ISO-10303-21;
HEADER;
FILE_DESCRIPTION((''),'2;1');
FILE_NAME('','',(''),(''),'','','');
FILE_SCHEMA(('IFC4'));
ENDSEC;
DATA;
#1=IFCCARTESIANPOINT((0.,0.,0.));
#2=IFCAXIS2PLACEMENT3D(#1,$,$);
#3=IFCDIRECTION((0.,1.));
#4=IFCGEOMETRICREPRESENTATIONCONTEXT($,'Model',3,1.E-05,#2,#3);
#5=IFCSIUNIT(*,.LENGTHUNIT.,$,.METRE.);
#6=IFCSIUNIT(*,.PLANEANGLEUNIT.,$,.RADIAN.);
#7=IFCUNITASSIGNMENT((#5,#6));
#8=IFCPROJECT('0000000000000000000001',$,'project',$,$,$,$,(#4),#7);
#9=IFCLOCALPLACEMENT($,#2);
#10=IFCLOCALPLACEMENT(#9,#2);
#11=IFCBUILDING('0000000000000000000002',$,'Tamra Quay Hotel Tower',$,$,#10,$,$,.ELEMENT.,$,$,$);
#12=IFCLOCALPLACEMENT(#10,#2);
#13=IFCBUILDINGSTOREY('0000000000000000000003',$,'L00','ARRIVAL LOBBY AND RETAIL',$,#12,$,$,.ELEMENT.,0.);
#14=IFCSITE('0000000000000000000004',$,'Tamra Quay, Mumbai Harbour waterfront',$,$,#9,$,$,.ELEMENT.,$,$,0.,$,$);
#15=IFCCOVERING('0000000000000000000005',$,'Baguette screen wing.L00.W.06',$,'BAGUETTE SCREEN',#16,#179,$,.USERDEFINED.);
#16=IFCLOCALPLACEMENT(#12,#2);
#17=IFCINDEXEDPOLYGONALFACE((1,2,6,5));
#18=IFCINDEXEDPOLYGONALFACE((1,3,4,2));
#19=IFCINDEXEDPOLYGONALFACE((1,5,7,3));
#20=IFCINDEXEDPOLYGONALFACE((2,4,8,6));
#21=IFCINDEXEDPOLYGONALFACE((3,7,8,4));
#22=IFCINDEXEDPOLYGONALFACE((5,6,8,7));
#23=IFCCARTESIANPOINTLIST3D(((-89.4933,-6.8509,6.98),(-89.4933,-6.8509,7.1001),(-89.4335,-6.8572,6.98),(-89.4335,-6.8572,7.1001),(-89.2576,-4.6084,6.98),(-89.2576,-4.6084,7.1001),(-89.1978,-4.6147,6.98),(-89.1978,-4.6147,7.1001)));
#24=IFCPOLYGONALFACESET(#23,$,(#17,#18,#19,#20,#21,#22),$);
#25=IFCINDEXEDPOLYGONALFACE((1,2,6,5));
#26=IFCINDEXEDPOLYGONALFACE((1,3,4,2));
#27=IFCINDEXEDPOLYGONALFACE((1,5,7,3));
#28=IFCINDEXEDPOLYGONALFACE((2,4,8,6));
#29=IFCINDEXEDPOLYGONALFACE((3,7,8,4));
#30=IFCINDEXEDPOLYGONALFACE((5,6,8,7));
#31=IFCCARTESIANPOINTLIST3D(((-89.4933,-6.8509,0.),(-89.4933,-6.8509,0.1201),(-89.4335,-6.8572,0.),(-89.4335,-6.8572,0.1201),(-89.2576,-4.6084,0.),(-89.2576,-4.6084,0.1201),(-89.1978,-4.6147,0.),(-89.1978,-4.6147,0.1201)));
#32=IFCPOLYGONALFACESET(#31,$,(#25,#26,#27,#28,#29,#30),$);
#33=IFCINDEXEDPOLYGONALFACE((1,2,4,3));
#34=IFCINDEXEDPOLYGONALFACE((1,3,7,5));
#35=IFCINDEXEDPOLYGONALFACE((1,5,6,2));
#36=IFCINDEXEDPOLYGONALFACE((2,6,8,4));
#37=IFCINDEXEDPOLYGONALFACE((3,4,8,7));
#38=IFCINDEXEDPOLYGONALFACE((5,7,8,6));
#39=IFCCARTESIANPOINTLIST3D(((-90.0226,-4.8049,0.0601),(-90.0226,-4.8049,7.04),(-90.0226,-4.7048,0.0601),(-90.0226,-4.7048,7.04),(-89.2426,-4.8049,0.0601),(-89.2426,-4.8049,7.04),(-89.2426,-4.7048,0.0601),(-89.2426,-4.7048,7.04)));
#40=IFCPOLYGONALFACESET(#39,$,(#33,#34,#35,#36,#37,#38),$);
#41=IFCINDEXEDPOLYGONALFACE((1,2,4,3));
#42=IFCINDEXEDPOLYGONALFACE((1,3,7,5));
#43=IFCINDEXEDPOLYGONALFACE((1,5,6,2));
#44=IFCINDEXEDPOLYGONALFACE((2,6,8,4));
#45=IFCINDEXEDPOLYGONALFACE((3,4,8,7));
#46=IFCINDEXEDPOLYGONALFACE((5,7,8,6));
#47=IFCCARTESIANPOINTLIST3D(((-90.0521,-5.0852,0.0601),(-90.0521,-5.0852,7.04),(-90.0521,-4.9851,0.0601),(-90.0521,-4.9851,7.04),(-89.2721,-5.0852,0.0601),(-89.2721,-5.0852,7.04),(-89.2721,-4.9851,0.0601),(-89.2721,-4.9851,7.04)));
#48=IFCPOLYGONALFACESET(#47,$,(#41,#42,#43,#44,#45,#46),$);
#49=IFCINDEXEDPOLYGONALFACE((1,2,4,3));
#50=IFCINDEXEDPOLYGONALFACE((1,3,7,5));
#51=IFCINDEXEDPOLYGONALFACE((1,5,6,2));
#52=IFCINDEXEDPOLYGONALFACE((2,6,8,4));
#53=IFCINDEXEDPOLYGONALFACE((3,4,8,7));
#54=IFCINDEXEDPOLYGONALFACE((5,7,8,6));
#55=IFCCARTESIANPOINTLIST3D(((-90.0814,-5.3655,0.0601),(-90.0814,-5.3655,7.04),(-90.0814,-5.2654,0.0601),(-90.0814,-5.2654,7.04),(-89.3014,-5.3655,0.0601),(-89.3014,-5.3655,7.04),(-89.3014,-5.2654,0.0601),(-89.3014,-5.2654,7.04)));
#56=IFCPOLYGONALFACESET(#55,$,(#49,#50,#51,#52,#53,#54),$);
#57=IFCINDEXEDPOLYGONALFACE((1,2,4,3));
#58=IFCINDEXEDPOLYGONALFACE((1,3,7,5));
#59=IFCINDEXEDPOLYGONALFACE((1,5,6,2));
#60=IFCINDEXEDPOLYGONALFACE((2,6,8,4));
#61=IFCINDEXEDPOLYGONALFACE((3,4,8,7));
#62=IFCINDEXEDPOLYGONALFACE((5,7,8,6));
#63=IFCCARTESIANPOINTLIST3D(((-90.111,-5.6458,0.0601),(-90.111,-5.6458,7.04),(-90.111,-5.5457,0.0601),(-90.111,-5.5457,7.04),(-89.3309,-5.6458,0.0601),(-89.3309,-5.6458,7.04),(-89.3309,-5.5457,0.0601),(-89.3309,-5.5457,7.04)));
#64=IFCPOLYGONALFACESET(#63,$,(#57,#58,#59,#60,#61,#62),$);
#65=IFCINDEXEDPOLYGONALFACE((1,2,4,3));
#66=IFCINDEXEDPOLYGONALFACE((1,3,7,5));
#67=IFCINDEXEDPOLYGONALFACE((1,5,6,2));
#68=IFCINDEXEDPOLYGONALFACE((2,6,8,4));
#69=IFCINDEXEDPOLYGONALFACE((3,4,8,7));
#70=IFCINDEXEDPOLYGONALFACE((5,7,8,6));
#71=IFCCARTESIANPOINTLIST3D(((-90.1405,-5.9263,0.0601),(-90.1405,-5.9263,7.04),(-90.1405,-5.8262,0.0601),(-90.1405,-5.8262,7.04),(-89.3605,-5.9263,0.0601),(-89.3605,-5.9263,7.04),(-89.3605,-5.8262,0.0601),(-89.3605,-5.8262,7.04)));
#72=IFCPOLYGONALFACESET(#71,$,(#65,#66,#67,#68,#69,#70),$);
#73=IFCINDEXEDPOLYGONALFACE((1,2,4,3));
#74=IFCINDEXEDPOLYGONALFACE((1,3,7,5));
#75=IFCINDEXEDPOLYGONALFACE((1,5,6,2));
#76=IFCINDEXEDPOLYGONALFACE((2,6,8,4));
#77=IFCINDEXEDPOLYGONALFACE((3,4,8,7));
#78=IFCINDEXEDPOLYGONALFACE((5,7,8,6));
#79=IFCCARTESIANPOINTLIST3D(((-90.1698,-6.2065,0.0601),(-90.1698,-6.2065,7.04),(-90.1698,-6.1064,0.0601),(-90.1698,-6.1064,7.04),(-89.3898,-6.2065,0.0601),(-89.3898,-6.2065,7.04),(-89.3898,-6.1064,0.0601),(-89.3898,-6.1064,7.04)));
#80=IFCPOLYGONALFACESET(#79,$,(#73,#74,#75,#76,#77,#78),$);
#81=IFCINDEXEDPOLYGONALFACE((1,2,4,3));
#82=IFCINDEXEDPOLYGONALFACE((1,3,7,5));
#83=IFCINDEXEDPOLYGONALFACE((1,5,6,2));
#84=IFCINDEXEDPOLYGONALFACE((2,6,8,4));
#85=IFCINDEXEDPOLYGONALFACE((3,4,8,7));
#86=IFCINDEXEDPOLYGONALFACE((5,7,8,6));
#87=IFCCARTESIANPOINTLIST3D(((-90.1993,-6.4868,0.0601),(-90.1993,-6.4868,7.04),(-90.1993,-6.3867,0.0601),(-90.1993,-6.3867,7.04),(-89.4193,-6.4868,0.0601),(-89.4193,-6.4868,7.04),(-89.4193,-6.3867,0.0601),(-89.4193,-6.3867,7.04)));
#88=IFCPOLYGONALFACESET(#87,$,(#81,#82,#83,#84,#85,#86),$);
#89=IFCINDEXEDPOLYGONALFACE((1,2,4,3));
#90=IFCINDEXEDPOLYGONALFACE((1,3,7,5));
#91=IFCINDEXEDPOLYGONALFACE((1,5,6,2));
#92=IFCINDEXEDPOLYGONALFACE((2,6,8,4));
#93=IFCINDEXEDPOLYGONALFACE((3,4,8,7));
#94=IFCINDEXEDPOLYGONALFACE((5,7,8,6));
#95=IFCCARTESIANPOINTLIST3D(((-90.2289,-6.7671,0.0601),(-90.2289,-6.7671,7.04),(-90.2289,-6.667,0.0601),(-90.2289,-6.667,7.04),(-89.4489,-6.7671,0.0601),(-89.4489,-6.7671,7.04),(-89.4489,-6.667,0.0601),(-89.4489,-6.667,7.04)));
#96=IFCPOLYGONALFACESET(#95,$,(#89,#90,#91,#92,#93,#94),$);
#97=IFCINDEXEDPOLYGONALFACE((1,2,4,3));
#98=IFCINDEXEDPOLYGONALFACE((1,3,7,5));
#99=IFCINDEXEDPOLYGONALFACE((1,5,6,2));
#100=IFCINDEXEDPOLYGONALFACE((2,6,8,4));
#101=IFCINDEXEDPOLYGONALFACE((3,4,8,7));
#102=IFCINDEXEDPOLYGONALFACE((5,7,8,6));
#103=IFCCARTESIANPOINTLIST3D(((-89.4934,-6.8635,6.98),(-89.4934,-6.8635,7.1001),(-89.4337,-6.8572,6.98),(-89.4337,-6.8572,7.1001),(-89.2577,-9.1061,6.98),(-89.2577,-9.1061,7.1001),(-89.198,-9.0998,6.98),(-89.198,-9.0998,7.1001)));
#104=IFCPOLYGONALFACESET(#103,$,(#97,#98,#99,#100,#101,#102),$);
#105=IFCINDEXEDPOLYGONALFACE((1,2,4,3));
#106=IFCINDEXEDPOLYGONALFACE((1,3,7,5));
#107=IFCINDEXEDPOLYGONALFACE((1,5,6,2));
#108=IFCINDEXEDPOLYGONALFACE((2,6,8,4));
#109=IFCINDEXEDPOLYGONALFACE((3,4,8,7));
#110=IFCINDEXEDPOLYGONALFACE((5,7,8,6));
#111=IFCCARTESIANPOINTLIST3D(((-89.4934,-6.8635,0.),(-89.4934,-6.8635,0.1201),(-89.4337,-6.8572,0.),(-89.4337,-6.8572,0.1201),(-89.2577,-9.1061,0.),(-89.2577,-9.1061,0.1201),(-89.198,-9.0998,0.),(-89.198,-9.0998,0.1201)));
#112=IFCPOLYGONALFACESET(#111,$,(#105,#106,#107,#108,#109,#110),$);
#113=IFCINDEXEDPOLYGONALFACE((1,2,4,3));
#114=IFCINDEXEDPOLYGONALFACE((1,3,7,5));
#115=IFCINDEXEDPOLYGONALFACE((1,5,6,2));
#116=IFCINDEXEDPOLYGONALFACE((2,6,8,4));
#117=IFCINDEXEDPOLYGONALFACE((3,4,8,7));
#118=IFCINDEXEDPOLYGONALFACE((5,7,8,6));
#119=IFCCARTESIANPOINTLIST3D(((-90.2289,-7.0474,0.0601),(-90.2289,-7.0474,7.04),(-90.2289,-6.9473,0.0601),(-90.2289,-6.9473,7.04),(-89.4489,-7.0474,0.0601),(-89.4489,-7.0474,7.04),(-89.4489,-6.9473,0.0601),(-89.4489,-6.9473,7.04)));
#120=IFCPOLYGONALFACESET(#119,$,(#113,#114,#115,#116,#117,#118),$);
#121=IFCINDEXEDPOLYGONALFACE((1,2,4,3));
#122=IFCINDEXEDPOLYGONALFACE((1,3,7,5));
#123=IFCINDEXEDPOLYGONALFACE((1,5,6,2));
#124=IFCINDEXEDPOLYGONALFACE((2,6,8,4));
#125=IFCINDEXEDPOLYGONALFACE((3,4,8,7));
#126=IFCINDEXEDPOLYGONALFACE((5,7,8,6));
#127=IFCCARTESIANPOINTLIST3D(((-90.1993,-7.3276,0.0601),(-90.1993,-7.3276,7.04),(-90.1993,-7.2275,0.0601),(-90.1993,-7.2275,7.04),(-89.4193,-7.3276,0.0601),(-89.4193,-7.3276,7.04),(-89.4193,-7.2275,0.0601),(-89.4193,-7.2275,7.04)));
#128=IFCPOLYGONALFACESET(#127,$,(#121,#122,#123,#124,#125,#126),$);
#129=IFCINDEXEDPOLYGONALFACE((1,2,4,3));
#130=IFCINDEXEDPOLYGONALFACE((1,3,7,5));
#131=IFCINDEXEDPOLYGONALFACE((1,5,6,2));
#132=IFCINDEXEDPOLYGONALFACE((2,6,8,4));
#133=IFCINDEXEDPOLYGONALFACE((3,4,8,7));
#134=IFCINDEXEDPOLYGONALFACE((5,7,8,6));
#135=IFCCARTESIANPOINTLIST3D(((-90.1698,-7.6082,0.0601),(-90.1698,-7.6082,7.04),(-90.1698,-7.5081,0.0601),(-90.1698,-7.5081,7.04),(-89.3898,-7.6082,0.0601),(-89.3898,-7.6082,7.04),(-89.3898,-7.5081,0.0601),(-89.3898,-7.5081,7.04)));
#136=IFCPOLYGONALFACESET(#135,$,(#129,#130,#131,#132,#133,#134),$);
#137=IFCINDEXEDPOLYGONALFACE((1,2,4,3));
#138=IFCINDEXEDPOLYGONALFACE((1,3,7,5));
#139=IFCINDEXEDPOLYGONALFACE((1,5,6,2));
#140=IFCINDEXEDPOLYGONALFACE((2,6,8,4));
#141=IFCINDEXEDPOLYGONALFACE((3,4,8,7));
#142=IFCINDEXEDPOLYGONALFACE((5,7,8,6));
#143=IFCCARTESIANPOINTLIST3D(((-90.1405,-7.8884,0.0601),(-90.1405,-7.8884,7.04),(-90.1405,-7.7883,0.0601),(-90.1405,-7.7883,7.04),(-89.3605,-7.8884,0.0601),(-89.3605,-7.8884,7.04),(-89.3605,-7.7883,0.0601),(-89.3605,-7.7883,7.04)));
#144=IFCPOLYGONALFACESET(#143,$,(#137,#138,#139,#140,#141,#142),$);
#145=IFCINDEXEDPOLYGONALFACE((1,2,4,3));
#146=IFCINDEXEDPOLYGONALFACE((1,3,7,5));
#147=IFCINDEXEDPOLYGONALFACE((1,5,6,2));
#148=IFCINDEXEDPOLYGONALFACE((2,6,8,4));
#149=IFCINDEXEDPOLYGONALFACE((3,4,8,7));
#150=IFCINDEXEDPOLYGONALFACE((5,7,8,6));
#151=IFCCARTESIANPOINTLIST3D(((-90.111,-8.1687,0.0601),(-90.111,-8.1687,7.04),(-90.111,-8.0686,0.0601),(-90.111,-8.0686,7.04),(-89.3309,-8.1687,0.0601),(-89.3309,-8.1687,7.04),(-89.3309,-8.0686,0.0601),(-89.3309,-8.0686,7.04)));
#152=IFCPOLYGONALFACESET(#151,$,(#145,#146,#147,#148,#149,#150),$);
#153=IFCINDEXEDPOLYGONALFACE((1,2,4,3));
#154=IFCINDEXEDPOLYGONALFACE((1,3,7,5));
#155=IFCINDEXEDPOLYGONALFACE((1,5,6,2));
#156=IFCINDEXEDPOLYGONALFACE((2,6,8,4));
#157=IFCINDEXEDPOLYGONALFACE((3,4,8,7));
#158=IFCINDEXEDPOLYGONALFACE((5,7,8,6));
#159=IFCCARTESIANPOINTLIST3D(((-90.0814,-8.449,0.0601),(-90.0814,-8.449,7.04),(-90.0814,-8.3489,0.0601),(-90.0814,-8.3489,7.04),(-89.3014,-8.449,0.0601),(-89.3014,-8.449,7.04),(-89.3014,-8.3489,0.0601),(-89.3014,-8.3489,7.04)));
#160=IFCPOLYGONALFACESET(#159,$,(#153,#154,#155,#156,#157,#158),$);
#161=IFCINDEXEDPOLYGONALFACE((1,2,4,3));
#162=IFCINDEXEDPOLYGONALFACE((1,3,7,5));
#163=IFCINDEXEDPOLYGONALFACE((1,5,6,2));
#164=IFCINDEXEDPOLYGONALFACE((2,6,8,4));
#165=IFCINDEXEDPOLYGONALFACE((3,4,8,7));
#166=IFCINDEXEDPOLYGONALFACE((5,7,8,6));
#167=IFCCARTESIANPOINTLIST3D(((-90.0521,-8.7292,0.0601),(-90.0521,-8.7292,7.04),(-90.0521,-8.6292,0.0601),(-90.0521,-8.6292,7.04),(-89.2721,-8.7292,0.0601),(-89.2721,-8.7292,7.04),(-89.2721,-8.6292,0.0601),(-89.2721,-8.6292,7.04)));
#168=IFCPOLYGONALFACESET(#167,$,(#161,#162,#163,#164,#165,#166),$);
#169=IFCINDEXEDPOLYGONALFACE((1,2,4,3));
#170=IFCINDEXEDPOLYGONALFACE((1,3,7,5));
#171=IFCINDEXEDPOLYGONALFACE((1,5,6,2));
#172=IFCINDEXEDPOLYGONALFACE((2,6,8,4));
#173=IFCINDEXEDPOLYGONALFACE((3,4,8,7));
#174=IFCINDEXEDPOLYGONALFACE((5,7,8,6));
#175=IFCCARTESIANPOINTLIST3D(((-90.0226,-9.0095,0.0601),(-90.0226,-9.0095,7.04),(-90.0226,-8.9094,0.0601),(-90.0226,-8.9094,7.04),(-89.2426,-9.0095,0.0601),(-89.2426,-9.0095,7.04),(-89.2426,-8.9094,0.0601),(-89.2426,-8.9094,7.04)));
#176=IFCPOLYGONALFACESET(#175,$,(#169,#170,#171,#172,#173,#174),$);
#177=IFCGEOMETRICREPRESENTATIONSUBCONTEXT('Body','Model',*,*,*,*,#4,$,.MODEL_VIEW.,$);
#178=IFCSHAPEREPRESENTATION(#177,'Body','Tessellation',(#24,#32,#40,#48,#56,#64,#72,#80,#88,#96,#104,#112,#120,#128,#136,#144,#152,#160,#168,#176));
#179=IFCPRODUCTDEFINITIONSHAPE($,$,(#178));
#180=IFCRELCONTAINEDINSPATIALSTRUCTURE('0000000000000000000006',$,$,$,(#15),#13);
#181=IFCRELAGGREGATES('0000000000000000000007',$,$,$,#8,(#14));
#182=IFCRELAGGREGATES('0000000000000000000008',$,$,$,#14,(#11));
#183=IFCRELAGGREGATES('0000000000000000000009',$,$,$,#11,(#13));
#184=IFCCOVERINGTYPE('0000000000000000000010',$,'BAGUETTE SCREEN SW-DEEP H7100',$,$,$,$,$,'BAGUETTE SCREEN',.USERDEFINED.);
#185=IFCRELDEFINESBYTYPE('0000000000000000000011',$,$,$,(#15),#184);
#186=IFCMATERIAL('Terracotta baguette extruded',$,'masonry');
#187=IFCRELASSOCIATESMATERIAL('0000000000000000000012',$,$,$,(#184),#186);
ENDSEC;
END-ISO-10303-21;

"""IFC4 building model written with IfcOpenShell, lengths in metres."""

from ifc_helpers import new_model, si_unit, direction, frame, frame_2d, origin, place, context, subcontext, project, spatial, rectangle, extrude, source, transform, mapped, material, type_object, element, save


model = new_model("IFC4")

# Units and contexts
model_context = context("Model", 3, precision=1e-05, world=origin(), true_north=direction((0.0, 1.0)))
body_context = subcontext(model_context, "Body", "Model", "MODEL_VIEW")
ifc_project = project(units=[si_unit("LENGTHUNIT", "METRE"), si_unit("PLANEANGLEUNIT", "RADIAN")], contexts=[model_context])

# Site, building, storey
site_placement = place(None, origin())
site = spatial("IfcSite", under=ifc_project, at=site_placement, Name="Tamra Quay, Mumbai Harbour waterfront", CompositionType="ELEMENT", RefElevation=0.0)
building_placement = place(site_placement, origin())
building = spatial("IfcBuilding", under=site, at=building_placement, Name="Tamra Quay Hotel Tower", CompositionType="ELEMENT")
storey_placement = place(building_placement, origin())
storey = spatial("IfcBuildingStorey", under=building, at=storey_placement, Name="L00", Description="ARRIVAL LOBBY AND RETAIL", CompositionType="ELEMENT", Elevation=0.0)

# Covering
ifc_material_1 = material(Name="Terracotta baguette extruded", Category="masonry")
covering_type_1 = type_object("IfcCoveringType", Name="BAGUETTE SCREEN SW-DEEP H7100", ElementType="BAGUETTE SCREEN", PredefinedType="USERDEFINED", material=ifc_material_1)
shared_shape_1 = source(origin(), body_context, "Body", "SweptSolid", [
    extrude(rectangle(XDim=2.2549, YDim=0.0601, at=frame_2d((1.1274, 0.03))), frame((-2.2488, -0.0576, -0.1201), z_axis=(0.0, 0.0, 1.0), x_axis=(0.994522, -0.104528, 0.0)), (0.0, 0.0, 1.0), 0.1201),
    extrude(rectangle(XDim=2.2549, YDim=0.0601, at=frame_2d((1.1274, 0.03))), frame((-2.2488, -0.0576, -7.1001), z_axis=(0.0, 0.0, 1.0), x_axis=(0.994522, -0.104528, 0.0)), (0.0, 0.0, 1.0), 0.1201),
    extrude(rectangle(XDim=0.1001, YDim=0.78, at=frame_2d((0.05, 0.3901))), frame((-2.1523, -0.8228, -7.04)), (0.0, 0.0, 1.0), 6.98),
    extrude(rectangle(XDim=0.1001, YDim=0.78, at=frame_2d((0.05, 0.3901))), frame((-1.8721, -0.8523, -7.04)), (0.0, 0.0, 1.0), 6.98),
    extrude(rectangle(XDim=0.1001, YDim=0.78, at=frame_2d((0.05, 0.3901))), frame((-1.5918, -0.8816, -7.04)), (0.0, 0.0, 1.0), 6.98),
    extrude(rectangle(XDim=0.1001, YDim=0.78, at=frame_2d((0.05, 0.3901))), frame((-1.3115, -0.9111, -7.04)), (0.0, 0.0, 1.0), 6.98),
    extrude(rectangle(XDim=0.1001, YDim=0.78, at=frame_2d((0.05, 0.3901))), frame((-1.031, -0.9407, -7.04)), (0.0, 0.0, 1.0), 6.98),
    extrude(rectangle(XDim=0.1001, YDim=0.78, at=frame_2d((0.05, 0.3901))), frame((-0.7507, -0.97, -7.04)), (0.0, 0.0, 1.0), 6.98),
    extrude(rectangle(XDim=0.1001, YDim=0.78, at=frame_2d((0.05, 0.3901))), frame((-0.4705, -0.9995, -7.04)), (0.0, 0.0, 1.0), 6.98),
    extrude(rectangle(XDim=0.1001, YDim=0.78, at=frame_2d((0.05, 0.3901))), frame((-0.1902, -1.0291, -7.04)), (0.0, 0.0, 1.0), 6.98),
    extrude(rectangle(XDim=2.2549, YDim=0.0601, at=frame_2d((1.1274, 0.03))), frame((0.0063, -0.2935, -0.1201), z_axis=(0.0, 0.0, 1.0), x_axis=(0.994522, 0.104528, 0.0)), (0.0, 0.0, 1.0), 0.1201),
    extrude(rectangle(XDim=2.2549, YDim=0.0601, at=frame_2d((1.1274, 0.03))), frame((0.0063, -0.2935, -7.1001), z_axis=(0.0, 0.0, 1.0), x_axis=(0.994522, 0.104528, 0.0)), (0.0, 0.0, 1.0), 0.1201),
    extrude(rectangle(XDim=0.1001, YDim=0.78, at=frame_2d((0.05, 0.3901))), frame((0.0901, -1.0291, -7.04)), (0.0, 0.0, 1.0), 6.98),
    extrude(rectangle(XDim=0.1001, YDim=0.78, at=frame_2d((0.05, 0.3901))), frame((0.3704, -0.9995, -7.04)), (0.0, 0.0, 1.0), 6.98),
    extrude(rectangle(XDim=0.1001, YDim=0.78, at=frame_2d((0.05, 0.3901))), frame((0.6509, -0.97, -7.04)), (0.0, 0.0, 1.0), 6.98),
    extrude(rectangle(XDim=0.1001, YDim=0.78, at=frame_2d((0.05, 0.3901))), frame((0.9312, -0.9407, -7.04)), (0.0, 0.0, 1.0), 6.98),
    extrude(rectangle(XDim=0.1001, YDim=0.78, at=frame_2d((0.05, 0.3901))), frame((1.2114, -0.9111, -7.04)), (0.0, 0.0, 1.0), 6.98),
    extrude(rectangle(XDim=0.1001, YDim=0.78, at=frame_2d((0.05, 0.3901))), frame((1.4917, -0.8816, -7.04)), (0.0, 0.0, 1.0), 6.98),
    extrude(rectangle(XDim=0.1001, YDim=0.78, at=frame_2d((0.05, 0.3901))), frame((1.772, -0.8523, -7.04)), (0.0, 0.0, 1.0), 6.98),
    extrude(rectangle(XDim=0.1001, YDim=0.78, at=frame_2d((0.05, 0.3901))), frame((2.0522, -0.8228, -7.04)), (0.0, 0.0, 1.0), 6.98),
])
for number, where, z_axis, x_axis, name in (
    (1, (-89.2, -6.8572, 7.1001), (0.0, 0.0, 1.0), (0.0, -1.0, 0.0), "Baguette screen wing.L00.W.06"),
):
    element("IfcCovering", number, at=place(storey_placement, frame(where, z_axis=z_axis, x_axis=x_axis)), inside=storey, type_object=covering_type_1, Name=name, ObjectType="BAGUETTE SCREEN", PredefinedType="USERDEFINED", context=body_context, shape_type="MappedRepresentation", body=[
        mapped(shared_shape_1, transform((0.0, 0.0, 0.0), scale=1.0)),
    ])

save(model, "model.ifc")
